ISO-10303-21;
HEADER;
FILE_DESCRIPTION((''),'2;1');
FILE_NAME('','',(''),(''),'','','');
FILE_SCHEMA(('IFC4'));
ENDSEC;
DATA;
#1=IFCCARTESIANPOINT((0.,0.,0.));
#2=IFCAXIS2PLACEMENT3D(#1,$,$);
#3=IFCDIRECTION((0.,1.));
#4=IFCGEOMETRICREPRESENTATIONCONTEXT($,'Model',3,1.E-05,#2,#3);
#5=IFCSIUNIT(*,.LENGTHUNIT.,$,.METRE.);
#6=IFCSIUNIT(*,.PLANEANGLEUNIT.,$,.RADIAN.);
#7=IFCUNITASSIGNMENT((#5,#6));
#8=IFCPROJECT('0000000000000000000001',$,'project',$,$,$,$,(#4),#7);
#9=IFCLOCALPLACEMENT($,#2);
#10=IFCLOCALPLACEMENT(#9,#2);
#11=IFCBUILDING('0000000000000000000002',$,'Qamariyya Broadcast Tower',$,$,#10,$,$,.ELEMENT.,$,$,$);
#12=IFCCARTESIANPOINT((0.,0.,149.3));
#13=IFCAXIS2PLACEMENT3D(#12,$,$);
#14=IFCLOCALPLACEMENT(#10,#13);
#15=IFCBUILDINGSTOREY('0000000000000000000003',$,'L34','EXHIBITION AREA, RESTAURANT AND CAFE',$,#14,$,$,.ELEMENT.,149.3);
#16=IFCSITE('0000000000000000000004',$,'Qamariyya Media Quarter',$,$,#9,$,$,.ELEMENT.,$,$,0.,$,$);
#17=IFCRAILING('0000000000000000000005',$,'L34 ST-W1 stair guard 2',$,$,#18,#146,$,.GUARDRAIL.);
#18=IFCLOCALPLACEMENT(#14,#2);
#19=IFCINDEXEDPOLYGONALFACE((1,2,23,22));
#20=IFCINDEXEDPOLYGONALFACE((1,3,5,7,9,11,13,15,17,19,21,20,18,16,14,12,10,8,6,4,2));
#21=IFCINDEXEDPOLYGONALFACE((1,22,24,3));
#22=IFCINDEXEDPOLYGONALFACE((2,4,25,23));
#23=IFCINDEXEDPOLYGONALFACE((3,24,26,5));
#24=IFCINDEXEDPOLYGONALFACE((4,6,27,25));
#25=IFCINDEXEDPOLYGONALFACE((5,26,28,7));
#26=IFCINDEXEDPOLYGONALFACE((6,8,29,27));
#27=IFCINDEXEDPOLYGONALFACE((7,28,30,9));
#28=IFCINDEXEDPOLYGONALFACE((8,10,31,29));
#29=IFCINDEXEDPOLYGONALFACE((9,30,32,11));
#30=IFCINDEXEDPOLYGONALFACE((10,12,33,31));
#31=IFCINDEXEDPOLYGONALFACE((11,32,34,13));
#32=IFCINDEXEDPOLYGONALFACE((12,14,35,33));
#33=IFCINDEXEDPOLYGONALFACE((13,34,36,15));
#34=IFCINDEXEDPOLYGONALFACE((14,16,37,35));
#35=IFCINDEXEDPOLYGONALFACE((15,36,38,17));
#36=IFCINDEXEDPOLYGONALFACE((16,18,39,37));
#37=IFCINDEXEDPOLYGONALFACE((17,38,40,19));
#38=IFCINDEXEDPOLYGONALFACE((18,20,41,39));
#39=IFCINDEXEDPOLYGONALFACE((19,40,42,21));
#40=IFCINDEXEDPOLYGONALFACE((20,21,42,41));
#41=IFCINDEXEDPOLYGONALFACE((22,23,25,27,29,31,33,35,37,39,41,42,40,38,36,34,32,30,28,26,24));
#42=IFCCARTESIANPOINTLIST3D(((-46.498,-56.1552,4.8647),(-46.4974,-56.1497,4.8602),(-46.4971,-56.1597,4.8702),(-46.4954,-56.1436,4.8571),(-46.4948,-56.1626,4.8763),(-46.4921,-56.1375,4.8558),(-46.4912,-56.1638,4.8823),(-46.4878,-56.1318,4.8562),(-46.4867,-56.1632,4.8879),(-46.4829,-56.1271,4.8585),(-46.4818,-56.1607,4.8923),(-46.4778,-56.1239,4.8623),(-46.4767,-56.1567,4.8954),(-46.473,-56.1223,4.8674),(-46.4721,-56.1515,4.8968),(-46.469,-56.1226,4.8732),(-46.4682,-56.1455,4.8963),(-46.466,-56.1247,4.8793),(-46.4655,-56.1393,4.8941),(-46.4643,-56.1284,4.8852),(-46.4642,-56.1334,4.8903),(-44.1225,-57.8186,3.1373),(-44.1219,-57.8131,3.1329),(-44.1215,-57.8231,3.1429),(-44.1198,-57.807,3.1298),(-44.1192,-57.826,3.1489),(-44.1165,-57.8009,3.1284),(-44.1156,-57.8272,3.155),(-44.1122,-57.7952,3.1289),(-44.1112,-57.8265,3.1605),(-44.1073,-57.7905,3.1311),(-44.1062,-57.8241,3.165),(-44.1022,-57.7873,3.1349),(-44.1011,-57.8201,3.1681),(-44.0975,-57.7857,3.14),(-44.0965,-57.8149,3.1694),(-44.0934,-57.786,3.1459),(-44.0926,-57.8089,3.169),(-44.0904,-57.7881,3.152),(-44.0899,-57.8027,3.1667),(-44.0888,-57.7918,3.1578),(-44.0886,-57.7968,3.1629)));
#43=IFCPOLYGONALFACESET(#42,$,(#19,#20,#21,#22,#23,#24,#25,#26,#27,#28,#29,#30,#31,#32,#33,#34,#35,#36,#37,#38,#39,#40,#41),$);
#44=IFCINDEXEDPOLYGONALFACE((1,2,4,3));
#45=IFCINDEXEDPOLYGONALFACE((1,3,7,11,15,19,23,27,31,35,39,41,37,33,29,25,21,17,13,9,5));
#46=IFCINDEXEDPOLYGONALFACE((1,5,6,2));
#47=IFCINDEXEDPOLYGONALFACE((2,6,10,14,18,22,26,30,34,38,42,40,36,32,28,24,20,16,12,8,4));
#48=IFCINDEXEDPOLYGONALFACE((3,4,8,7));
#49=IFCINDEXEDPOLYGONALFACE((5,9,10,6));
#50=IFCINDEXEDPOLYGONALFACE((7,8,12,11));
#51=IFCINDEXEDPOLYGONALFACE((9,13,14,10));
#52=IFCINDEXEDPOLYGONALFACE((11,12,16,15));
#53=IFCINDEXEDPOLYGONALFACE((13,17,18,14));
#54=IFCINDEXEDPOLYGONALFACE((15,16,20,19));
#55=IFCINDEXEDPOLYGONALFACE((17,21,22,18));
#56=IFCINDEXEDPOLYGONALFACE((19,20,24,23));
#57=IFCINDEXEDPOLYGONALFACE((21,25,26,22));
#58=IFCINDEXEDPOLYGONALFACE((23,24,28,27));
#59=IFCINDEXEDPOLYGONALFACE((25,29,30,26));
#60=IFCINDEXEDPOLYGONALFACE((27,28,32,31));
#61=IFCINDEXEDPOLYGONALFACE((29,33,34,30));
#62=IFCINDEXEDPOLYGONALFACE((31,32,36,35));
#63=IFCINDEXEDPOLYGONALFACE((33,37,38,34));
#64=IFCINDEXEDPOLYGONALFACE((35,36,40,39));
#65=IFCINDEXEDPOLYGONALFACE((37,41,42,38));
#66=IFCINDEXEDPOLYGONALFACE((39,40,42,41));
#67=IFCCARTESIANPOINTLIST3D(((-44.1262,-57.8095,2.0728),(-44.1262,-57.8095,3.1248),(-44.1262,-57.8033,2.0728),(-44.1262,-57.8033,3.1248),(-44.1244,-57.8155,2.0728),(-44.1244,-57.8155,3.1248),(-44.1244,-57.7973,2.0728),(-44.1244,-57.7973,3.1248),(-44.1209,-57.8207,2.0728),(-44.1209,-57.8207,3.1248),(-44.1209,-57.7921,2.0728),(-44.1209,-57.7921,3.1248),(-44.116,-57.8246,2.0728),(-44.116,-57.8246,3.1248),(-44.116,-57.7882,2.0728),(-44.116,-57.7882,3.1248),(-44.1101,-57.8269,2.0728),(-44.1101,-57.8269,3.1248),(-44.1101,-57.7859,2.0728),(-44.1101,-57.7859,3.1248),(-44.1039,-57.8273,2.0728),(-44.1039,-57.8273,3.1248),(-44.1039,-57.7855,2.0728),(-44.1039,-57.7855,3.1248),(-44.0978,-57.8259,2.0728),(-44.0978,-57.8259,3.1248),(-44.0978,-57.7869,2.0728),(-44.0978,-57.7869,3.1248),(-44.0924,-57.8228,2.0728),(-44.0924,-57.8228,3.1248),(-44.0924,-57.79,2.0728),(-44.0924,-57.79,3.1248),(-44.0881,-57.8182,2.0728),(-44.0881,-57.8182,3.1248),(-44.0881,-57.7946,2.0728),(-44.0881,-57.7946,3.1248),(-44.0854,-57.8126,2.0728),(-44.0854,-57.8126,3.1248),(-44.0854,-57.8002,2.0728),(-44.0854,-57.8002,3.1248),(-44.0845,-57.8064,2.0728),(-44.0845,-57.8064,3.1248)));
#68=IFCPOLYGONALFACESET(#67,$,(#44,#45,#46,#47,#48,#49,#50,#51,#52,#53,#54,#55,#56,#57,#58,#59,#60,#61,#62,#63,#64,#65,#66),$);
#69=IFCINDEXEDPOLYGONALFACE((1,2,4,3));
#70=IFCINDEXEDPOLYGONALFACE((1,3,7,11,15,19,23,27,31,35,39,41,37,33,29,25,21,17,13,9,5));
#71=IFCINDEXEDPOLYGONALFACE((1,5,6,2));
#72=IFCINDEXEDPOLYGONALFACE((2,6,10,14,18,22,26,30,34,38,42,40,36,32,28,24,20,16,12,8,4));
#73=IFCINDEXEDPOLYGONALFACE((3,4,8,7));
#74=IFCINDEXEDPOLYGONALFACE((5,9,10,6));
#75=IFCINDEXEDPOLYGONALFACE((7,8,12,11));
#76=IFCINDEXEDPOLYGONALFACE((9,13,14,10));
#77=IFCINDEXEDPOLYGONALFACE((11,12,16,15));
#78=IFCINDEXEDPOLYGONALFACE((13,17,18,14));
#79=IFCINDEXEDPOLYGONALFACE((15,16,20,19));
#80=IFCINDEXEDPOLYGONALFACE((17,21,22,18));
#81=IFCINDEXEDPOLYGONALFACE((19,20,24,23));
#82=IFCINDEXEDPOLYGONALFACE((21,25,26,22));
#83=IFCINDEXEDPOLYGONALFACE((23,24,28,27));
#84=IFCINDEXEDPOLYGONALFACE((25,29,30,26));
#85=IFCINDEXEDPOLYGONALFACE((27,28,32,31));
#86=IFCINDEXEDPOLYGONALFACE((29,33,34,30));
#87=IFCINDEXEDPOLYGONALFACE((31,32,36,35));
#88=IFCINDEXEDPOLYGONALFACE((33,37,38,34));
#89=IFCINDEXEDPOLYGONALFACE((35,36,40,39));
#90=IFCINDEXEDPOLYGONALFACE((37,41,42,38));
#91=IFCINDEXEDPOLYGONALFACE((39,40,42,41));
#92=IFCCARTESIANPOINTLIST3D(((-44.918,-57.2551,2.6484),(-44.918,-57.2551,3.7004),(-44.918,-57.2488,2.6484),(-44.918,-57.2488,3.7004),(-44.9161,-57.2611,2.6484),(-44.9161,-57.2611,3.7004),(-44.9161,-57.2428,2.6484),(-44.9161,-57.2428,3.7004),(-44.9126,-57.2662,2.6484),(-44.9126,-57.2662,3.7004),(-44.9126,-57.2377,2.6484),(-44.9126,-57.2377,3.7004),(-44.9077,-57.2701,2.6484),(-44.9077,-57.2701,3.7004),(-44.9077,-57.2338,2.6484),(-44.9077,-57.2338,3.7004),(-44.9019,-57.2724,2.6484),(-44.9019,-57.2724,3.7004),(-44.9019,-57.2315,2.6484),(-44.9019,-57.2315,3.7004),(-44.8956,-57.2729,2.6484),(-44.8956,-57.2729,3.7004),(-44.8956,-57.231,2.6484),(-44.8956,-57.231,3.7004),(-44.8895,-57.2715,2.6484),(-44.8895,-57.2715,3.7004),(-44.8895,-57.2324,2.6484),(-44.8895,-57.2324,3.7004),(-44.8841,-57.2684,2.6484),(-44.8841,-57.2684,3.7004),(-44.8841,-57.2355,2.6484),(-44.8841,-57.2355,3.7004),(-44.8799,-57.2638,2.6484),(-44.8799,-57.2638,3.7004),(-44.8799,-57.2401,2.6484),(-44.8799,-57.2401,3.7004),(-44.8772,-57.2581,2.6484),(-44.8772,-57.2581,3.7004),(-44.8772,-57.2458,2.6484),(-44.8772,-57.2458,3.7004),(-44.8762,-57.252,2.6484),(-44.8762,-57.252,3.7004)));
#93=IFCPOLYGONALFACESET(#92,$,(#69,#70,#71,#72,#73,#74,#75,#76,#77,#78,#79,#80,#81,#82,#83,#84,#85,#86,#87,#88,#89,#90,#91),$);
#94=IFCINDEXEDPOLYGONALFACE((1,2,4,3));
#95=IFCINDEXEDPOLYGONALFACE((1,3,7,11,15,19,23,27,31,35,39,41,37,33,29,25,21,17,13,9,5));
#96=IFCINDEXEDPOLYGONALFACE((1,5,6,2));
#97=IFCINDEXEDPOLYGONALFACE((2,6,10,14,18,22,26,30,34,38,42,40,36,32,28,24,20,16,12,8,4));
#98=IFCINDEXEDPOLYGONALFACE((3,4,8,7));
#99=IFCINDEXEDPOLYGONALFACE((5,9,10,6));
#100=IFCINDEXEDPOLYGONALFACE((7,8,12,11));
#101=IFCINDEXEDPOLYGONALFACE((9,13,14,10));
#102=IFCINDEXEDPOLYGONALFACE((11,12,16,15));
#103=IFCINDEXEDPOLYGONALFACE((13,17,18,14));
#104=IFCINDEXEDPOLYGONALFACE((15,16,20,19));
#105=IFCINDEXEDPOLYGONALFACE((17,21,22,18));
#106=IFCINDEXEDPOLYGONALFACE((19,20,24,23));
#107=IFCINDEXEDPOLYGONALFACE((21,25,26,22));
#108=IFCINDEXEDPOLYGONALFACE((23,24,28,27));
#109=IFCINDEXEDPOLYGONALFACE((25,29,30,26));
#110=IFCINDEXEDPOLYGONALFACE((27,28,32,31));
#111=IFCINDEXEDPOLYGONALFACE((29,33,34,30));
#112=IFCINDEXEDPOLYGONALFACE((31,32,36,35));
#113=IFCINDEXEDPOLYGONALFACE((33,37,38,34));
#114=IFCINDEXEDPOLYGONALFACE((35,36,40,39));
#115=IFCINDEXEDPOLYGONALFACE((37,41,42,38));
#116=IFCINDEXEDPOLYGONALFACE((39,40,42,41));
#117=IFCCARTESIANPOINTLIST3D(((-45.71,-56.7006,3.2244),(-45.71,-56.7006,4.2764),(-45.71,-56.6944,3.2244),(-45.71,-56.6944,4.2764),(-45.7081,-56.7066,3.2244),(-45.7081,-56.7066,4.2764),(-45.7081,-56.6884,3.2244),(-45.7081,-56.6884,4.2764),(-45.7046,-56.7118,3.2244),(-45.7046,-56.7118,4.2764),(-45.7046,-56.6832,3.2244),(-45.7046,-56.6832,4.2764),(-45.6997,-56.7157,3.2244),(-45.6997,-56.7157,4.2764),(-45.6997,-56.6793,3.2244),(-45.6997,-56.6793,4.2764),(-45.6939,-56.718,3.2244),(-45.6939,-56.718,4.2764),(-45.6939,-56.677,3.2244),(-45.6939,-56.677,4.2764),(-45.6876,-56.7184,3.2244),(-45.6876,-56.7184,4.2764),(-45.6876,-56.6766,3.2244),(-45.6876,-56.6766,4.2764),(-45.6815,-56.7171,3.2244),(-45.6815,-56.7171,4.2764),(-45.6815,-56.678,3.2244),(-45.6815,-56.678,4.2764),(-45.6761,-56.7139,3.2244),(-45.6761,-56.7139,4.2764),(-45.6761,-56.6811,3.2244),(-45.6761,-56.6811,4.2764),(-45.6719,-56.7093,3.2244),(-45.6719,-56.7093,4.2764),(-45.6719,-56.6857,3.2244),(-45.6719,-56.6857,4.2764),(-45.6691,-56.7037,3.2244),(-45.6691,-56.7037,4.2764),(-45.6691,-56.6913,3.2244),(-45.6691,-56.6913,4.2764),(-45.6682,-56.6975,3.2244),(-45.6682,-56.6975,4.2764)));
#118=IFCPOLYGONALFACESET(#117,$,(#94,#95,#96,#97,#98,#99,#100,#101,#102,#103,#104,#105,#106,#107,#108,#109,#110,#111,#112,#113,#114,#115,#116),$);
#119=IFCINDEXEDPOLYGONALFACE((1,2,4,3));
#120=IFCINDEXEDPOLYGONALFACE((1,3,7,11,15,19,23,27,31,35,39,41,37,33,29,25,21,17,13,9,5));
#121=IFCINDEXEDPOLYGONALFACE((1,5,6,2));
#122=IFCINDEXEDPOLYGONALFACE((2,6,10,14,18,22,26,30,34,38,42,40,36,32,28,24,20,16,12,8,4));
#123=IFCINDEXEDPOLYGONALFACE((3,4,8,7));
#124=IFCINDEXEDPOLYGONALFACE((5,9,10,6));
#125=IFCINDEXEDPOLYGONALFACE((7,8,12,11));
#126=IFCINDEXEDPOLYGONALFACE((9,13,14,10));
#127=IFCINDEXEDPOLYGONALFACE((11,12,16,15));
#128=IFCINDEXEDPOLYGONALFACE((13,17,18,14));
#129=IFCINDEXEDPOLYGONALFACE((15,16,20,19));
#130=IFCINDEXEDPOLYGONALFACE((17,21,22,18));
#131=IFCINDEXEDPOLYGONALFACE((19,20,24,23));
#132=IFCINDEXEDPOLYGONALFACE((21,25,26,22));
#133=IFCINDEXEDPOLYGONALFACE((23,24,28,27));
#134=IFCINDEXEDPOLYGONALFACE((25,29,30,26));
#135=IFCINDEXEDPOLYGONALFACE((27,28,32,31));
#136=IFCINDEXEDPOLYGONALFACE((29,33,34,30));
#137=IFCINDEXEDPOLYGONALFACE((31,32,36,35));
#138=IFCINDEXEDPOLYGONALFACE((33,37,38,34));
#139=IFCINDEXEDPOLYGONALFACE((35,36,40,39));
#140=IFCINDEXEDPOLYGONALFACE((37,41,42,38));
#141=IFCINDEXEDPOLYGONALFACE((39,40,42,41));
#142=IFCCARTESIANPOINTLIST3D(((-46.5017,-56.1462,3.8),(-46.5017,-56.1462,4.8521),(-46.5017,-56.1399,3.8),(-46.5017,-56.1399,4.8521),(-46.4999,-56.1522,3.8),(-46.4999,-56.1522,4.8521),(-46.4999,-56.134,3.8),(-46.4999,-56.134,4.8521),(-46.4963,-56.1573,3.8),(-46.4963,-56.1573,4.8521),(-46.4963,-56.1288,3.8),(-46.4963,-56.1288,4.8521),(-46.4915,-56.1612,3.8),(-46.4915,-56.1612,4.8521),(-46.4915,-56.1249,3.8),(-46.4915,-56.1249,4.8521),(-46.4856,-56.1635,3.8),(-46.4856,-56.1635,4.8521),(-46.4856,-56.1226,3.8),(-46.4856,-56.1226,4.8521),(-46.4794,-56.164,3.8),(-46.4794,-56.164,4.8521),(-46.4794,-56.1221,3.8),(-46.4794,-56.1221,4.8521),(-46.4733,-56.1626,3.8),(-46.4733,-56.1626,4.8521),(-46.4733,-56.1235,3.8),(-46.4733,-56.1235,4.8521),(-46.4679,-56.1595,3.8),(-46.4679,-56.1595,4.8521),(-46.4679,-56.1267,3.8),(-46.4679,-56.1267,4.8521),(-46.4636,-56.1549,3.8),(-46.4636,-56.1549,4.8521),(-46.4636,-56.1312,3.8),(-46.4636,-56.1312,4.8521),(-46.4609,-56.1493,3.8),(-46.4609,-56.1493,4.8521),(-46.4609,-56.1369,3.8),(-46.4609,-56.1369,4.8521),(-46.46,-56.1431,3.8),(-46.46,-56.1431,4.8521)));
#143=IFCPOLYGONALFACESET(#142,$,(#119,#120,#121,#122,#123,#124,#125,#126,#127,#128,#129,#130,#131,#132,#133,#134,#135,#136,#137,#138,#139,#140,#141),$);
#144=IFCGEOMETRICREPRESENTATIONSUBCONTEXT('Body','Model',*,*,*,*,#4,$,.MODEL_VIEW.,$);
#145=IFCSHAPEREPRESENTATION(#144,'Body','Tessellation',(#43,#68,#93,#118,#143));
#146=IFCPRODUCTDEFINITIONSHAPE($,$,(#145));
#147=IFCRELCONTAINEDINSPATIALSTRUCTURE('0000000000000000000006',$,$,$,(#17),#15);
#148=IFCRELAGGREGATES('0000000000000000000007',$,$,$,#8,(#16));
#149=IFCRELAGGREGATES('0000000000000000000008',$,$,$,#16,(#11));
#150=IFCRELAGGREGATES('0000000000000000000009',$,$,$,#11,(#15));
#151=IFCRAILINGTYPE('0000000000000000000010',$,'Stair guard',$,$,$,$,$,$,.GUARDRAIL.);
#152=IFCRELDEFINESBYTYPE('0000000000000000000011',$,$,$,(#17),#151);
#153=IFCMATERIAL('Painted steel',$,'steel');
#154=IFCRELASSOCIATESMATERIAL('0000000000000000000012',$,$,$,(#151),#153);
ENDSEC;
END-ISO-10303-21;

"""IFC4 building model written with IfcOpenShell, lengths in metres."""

from ifc_helpers import new_model, si_unit, direction, frame, origin, origin_2d, place, context, subcontext, project, spatial, circle, extrude, material, type_object, element, save


model = new_model("IFC4")

# Units and contexts
model_context = context("Model", 3, precision=1e-05, world=origin(), true_north=direction((0.0, 1.0)))
body_context = subcontext(model_context, "Body", "Model", "MODEL_VIEW")
ifc_project = project(units=[si_unit("LENGTHUNIT", "METRE"), si_unit("PLANEANGLEUNIT", "RADIAN")], contexts=[model_context])

# Site, building, storey
site_placement = place(None, origin())
site = spatial("IfcSite", under=ifc_project, at=site_placement, Name="Qamariyya Media Quarter", CompositionType="ELEMENT", RefElevation=0.0)
building_placement = place(site_placement, origin())
building = spatial("IfcBuilding", under=site, at=building_placement, Name="Qamariyya Broadcast Tower", CompositionType="ELEMENT")
storey_placement = place(building_placement, frame((0.0, 0.0, 149.3)))
storey = spatial("IfcBuildingStorey", under=building, at=storey_placement, Name="L34", Description="EXHIBITION AREA, RESTAURANT AND CAFE", CompositionType="ELEMENT", Elevation=149.3)

# Railing
ifc_material_1 = material(Name="Painted steel", Category="steel")
railing_type_1 = type_object("IfcRailingType", Name="Stair guard", PredefinedType="GUARDRAIL", material=ifc_material_1)
railing_1_placement = place(storey_placement, frame((-44.1055, -57.8064, 2.0728)))
element("IfcRailing", 1, at=railing_1_placement, inside=storey, type_object=railing_type_1, Name="L34 ST-W1 stair guard 2", PredefinedType="GUARDRAIL", context=body_context, shape_type="SweptSolid", body=[
    extrude(circle(Radius=0.0239, at=origin_2d()), frame((0.0, 0.0, 1.0762), z_axis=(-0.70377, 0.492784, 0.511734), x_axis=(-0.573575, -0.819153, 0.0)), (0.0, 0.0, 1.0), 3.3755),
    extrude(circle(Radius=0.021, at=origin_2d()), origin(), (0.0, 0.0, 1.0), 1.052),
    extrude(circle(Radius=0.021, at=origin_2d()), frame((-0.7917, 0.5544, 0.5757)), (0.0, 0.0, 1.0), 1.052),
    extrude(circle(Radius=0.021, at=origin_2d()), frame((-1.5837, 1.1089, 1.1516)), (0.0, 0.0, 1.0), 1.052),
    extrude(circle(Radius=0.021, at=origin_2d()), frame((-2.3755, 1.6633, 1.7273)), (0.0, 0.0, 1.0), 1.052),
])

save(model, "model.ifc")
